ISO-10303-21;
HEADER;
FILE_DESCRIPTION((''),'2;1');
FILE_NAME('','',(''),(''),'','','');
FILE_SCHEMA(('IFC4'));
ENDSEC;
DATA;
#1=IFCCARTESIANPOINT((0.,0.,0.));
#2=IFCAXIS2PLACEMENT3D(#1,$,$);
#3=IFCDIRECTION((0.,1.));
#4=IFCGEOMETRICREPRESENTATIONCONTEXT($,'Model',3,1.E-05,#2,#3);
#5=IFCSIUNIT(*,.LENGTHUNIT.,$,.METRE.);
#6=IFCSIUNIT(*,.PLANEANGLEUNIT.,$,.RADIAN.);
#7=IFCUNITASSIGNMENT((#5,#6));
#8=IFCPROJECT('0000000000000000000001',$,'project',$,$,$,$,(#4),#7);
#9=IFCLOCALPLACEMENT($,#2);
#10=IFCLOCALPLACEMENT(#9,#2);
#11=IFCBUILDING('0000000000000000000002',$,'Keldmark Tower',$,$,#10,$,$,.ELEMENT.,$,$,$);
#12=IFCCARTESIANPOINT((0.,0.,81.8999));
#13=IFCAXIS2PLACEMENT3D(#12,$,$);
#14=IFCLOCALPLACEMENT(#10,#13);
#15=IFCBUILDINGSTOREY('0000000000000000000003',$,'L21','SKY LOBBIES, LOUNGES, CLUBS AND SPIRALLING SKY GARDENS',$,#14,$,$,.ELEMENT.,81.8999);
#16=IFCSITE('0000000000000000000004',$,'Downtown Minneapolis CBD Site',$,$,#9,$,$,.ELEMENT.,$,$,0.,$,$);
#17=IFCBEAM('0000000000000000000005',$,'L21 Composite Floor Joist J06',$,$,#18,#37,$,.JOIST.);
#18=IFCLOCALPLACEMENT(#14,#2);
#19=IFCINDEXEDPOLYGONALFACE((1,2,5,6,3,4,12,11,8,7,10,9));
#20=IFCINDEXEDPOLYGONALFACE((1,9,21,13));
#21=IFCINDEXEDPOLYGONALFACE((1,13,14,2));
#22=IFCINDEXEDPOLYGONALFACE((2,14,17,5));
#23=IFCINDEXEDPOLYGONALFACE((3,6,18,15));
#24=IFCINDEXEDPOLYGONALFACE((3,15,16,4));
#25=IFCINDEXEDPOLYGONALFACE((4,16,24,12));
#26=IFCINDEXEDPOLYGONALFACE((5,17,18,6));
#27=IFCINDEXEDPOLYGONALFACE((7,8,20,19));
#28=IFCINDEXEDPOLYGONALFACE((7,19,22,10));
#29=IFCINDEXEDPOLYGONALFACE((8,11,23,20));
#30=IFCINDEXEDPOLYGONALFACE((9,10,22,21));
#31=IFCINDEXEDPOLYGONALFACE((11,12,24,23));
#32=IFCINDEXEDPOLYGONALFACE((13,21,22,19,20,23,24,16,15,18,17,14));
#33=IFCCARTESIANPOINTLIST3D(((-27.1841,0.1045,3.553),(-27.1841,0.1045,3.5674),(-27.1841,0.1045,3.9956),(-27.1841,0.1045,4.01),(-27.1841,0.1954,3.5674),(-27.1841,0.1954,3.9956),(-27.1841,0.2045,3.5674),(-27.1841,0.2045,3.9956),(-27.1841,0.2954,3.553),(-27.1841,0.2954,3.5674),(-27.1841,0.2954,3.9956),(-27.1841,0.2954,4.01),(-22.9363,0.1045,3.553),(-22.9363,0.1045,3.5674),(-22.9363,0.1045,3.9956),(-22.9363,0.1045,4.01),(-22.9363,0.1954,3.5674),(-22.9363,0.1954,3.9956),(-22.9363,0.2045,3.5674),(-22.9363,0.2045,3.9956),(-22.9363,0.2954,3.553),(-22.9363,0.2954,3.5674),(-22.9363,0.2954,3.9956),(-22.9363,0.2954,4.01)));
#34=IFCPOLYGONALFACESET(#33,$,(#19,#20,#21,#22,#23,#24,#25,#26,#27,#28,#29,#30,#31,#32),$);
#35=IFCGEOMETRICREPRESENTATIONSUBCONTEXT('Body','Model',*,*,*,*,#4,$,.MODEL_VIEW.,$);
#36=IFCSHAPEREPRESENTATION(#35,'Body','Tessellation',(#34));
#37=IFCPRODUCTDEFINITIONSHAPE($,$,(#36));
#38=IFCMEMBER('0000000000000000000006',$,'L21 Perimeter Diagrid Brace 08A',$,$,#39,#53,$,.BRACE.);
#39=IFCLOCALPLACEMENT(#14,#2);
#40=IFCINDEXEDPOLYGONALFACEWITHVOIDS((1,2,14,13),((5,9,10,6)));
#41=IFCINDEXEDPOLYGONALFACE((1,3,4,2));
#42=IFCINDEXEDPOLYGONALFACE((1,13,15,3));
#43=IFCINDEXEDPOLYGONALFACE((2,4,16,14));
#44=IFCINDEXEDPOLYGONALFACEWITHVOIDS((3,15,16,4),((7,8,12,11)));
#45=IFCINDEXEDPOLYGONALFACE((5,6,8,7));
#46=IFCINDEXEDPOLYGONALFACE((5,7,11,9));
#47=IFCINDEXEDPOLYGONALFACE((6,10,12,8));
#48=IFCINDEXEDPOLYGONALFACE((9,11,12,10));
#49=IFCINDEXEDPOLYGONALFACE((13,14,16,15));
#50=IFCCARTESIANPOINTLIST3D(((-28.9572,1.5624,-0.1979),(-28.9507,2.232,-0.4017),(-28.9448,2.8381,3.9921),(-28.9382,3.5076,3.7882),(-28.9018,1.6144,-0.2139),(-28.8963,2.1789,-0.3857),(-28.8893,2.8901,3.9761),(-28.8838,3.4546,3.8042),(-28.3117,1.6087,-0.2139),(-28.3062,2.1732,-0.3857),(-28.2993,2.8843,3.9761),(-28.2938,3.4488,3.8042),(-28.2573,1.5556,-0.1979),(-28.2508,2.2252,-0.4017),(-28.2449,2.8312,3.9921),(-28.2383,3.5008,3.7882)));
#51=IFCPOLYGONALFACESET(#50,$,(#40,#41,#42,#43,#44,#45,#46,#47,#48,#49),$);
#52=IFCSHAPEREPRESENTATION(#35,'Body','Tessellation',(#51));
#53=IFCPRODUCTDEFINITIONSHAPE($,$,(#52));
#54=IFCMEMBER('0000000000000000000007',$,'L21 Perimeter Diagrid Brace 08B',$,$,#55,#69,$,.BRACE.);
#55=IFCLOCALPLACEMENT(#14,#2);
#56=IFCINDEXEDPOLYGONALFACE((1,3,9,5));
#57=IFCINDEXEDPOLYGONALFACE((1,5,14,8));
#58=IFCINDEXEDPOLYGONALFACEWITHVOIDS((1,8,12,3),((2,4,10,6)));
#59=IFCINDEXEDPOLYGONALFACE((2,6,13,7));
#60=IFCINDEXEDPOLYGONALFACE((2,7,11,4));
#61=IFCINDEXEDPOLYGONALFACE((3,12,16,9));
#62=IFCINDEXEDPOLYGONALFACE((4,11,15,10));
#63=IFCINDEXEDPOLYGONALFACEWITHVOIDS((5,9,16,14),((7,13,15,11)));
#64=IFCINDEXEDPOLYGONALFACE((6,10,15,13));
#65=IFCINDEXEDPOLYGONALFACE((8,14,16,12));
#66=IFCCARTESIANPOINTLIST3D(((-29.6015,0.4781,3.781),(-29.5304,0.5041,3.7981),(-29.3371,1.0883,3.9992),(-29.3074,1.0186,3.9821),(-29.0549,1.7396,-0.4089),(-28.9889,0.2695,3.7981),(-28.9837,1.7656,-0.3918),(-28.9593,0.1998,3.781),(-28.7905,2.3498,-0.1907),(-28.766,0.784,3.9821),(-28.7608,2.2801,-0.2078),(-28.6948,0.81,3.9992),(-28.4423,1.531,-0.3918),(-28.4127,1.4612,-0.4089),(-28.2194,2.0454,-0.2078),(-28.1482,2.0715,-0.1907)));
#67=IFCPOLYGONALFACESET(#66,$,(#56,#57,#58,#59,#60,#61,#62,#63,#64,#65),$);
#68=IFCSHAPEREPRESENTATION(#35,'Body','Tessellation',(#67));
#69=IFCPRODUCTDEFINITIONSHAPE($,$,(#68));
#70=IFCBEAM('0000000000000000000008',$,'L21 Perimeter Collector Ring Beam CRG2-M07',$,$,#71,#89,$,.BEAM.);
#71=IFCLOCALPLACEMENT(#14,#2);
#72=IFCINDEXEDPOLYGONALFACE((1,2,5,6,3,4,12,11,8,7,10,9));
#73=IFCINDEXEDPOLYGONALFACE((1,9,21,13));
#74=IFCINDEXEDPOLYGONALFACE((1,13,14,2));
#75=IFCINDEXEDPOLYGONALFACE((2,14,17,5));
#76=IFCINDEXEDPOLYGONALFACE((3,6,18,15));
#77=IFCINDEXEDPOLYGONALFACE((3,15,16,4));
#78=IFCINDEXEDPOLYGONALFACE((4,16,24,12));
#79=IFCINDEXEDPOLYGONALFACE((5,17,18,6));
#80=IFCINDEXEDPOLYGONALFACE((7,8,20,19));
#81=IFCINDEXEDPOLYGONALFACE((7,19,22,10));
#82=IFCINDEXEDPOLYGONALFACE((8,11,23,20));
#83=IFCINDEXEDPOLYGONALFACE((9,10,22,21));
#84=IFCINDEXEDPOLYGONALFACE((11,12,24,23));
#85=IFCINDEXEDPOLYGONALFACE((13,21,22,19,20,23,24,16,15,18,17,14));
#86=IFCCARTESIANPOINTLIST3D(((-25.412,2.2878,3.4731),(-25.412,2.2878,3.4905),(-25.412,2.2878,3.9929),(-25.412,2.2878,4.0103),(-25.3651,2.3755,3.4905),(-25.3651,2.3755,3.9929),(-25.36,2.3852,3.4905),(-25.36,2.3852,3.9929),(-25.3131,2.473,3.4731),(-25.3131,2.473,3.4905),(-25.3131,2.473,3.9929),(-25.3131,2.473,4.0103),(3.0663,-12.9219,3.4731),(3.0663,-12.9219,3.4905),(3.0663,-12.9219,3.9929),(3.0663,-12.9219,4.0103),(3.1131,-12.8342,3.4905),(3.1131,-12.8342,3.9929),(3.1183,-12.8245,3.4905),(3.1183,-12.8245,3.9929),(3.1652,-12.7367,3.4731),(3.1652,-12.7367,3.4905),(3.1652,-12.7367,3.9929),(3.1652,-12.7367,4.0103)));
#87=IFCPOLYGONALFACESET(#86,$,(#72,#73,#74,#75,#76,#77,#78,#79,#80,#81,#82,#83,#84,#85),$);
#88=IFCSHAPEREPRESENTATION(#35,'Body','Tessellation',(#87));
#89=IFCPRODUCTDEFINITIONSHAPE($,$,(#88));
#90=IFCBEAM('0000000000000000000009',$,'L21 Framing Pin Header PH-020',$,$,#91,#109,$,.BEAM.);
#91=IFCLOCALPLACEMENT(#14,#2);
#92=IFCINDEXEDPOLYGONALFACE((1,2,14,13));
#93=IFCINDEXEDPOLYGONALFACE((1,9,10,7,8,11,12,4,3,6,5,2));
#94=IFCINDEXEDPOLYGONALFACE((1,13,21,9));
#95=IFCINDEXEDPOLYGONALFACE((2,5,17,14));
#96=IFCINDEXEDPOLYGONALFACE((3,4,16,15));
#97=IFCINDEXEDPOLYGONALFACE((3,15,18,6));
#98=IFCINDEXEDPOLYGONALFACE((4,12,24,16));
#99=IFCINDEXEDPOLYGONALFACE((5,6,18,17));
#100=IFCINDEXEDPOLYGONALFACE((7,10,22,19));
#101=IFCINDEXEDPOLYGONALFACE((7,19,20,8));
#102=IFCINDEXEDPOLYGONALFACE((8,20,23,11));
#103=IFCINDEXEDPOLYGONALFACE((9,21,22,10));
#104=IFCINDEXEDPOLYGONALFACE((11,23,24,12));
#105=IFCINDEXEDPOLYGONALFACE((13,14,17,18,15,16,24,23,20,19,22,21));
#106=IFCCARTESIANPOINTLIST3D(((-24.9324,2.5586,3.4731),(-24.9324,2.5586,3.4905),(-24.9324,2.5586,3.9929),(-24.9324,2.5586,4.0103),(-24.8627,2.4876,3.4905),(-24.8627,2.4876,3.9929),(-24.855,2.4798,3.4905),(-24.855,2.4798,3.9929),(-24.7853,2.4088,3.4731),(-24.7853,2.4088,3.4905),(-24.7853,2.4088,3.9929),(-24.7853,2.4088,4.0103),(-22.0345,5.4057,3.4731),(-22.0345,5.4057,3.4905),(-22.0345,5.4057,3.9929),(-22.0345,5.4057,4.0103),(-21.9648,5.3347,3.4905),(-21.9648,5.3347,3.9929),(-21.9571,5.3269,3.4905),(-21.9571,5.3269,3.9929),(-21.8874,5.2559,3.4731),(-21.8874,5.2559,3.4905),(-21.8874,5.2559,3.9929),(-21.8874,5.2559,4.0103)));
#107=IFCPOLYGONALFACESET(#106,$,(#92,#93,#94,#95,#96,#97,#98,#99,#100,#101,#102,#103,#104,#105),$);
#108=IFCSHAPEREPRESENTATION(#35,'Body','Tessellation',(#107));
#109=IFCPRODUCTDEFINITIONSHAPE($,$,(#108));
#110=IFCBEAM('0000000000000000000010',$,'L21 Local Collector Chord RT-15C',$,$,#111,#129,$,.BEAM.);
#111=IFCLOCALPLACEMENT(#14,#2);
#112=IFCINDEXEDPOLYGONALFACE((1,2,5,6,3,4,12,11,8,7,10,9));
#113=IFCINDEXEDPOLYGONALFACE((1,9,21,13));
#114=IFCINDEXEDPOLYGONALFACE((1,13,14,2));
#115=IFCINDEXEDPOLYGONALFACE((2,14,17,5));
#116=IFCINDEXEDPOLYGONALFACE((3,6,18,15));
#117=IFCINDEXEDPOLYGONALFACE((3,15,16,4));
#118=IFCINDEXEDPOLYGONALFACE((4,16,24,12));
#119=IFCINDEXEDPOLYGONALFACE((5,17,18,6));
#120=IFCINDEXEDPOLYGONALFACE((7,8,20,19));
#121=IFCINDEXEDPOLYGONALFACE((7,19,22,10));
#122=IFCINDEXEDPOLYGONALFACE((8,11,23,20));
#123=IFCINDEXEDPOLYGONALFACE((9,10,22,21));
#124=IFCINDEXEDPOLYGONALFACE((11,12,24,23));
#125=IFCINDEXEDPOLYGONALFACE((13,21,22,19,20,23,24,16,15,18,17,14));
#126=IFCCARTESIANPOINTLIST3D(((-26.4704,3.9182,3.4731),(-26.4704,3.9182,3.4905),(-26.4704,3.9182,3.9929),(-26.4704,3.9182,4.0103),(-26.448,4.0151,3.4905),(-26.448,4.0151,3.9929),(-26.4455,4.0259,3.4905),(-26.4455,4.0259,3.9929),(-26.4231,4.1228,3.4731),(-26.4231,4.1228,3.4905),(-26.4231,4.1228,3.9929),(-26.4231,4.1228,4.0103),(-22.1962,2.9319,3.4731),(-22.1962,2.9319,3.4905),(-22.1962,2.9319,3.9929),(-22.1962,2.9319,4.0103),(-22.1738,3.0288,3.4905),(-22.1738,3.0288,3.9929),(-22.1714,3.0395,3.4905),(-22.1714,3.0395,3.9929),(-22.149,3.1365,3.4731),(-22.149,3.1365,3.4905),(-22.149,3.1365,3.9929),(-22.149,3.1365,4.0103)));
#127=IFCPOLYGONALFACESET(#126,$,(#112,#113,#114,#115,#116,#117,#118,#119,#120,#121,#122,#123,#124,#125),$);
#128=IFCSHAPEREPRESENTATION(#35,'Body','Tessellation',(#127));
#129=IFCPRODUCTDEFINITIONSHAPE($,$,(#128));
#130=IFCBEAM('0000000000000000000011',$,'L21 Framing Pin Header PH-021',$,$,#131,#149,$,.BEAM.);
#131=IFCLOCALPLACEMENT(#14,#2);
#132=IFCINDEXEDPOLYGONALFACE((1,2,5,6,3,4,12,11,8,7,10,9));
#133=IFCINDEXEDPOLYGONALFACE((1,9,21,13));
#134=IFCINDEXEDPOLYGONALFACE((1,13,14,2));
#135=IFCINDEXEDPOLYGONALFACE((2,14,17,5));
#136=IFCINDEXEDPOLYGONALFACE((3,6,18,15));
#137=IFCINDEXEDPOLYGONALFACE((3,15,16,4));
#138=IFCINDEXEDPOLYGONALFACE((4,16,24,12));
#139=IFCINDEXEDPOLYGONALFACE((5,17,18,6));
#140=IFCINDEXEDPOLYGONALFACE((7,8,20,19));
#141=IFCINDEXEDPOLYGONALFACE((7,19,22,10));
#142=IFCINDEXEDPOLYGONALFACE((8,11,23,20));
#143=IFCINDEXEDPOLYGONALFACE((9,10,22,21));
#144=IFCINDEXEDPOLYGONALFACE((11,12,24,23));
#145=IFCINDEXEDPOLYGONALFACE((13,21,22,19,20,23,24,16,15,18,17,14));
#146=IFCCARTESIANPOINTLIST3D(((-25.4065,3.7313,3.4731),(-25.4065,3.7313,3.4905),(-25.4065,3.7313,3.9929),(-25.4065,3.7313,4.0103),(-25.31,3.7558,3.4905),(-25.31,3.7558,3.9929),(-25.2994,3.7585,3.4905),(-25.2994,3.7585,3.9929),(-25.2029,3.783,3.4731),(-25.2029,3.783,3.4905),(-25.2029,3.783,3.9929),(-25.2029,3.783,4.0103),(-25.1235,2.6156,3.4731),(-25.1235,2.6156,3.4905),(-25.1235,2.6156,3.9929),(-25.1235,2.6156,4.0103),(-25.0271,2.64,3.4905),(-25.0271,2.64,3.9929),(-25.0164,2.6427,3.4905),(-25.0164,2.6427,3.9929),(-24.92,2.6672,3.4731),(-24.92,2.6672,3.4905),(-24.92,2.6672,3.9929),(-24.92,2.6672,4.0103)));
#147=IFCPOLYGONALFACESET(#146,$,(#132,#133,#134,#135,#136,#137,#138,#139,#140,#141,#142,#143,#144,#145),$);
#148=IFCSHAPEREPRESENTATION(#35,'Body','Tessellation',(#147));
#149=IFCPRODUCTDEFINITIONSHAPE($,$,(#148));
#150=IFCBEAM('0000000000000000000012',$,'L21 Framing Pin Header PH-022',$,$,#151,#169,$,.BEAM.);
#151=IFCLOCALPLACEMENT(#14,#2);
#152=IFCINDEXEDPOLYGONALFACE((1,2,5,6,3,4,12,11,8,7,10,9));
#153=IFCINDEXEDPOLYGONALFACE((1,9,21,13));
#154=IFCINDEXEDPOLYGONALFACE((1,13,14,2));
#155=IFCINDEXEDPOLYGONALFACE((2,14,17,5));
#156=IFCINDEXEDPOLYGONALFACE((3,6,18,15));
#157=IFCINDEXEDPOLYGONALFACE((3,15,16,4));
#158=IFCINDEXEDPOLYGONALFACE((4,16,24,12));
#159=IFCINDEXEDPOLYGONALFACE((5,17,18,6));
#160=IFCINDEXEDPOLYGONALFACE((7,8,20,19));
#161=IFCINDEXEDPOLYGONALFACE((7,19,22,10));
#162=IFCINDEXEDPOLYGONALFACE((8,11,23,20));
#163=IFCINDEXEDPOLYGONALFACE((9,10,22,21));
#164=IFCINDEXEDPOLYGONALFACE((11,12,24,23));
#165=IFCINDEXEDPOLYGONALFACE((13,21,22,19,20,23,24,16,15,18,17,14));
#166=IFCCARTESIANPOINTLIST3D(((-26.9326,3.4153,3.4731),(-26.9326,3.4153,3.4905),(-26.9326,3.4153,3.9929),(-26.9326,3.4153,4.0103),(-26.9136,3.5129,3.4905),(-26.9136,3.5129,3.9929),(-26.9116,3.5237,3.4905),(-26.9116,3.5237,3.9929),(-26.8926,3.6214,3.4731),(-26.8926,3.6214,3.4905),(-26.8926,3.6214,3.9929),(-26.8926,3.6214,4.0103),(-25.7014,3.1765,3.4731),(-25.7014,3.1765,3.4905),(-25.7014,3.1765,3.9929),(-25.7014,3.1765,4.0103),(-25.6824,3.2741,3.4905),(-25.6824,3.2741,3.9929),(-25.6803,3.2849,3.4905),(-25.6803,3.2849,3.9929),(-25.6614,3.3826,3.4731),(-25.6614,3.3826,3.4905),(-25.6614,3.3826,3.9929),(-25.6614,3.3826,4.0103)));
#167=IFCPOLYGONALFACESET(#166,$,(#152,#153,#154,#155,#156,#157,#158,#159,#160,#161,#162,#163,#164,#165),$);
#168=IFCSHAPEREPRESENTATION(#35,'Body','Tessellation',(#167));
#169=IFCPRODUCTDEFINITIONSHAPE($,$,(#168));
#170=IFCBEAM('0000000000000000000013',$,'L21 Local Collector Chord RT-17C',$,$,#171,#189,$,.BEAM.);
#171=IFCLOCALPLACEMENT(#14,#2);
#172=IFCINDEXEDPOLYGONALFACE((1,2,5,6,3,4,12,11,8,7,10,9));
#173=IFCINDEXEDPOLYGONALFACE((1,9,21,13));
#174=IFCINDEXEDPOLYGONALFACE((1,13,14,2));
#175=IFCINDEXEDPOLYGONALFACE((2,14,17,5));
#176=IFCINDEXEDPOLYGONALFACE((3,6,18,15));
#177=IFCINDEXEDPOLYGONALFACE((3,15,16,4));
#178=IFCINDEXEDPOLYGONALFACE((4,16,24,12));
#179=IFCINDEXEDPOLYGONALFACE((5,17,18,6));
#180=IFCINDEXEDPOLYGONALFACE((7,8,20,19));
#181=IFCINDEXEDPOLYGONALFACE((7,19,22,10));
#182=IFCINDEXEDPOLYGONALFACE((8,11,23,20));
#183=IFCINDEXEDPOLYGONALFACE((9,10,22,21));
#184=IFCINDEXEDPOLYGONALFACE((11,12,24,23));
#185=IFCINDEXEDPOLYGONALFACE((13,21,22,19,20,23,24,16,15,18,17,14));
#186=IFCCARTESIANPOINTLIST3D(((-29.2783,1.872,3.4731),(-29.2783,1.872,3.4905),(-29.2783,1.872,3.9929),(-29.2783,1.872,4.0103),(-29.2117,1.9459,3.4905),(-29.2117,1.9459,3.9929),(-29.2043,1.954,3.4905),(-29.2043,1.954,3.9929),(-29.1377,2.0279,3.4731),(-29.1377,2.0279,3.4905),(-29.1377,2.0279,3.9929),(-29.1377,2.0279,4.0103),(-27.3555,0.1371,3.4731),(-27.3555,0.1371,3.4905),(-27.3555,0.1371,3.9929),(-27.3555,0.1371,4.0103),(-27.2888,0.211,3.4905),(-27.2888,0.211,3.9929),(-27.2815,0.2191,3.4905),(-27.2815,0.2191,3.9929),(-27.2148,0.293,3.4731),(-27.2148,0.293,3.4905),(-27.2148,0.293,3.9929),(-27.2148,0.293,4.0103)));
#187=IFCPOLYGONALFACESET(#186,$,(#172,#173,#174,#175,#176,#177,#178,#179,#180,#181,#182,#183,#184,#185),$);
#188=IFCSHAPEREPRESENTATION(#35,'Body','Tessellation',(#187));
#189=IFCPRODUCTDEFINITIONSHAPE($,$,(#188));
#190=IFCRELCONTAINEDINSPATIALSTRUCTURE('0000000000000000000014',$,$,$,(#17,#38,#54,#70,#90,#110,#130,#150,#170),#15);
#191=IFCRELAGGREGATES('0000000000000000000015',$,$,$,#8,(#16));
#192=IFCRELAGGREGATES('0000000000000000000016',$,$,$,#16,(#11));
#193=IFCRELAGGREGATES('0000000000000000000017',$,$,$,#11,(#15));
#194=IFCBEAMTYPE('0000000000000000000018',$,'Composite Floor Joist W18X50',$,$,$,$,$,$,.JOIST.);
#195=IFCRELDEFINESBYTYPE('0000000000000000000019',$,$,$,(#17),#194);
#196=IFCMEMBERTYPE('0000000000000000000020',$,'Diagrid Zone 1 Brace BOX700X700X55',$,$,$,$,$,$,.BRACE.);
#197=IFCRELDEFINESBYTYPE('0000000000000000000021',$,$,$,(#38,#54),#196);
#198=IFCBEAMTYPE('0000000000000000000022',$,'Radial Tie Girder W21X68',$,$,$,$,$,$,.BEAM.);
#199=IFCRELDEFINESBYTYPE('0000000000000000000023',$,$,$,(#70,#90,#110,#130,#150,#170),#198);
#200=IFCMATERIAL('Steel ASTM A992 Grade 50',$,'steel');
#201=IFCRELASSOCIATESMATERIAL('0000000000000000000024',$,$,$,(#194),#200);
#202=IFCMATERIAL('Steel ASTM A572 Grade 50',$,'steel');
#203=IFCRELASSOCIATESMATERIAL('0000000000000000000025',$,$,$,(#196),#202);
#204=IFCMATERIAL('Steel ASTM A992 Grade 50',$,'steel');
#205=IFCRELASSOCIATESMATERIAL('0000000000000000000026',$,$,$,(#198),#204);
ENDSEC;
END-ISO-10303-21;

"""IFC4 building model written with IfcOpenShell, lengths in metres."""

from ifc_helpers import new_model, si_unit, direction, frame, origin, origin_2d, place, context, subcontext, project, spatial, hollow_rectangle, i_section, extrude, material, material_profile, profile_set, type_object, element, save


model = new_model("IFC4")

# Units and contexts
model_context = context("Model", 3, precision=1e-05, world=origin(), true_north=direction((0.0, 1.0)))
body_context = subcontext(model_context, "Body", "Model", "MODEL_VIEW")
ifc_project = project(units=[si_unit("LENGTHUNIT", "METRE"), si_unit("PLANEANGLEUNIT", "RADIAN")], contexts=[model_context])

# Site, building, storey
site_placement = place(None, origin())
site = spatial("IfcSite", under=ifc_project, at=site_placement, Name="Downtown Minneapolis CBD Site", CompositionType="ELEMENT", RefElevation=0.0)
building_placement = place(site_placement, origin())
building = spatial("IfcBuilding", under=site, at=building_placement, Name="Keldmark Tower", CompositionType="ELEMENT")
storey_placement = place(building_placement, frame((0.0, 0.0, 81.8999)))
storey = spatial("IfcBuildingStorey", under=building, at=storey_placement, Name="L21", Description="SKY LOBBIES, LOUNGES, CLUBS AND SPIRALLING SKY GARDENS", CompositionType="ELEMENT", Elevation=81.8999)

# Beam
ifc_material_1 = material(Name="Steel ASTM A992 Grade 50", Category="steel")
ifc_material_profile_1 = material_profile(ifc_material_1, i_section(OverallWidth=0.1909, OverallDepth=0.457, WebThickness=0.009, FlangeThickness=0.0144, at=origin_2d()), Name="W18X50")
ifc_profile_set_1 = profile_set([ifc_material_profile_1], Name="Steel ASTM A992 Grade 50")
beam_type_1 = type_object("IfcBeamType", Name="Composite Floor Joist W18X50", PredefinedType="JOIST", material=ifc_profile_set_1)
beam_1_placement = place(storey_placement, frame((-27.1841, 0.2, 3.7815), z_axis=(1.0, 0.0, 0.0), x_axis=(0.0, 1.0, 0.0)))
element("IfcBeam", 1, at=beam_1_placement, inside=storey, type_object=beam_type_1, Name="L21 Composite Floor Joist J06", PredefinedType="JOIST", context=body_context, shape_type="SweptSolid", body=[
    extrude(i_section(OverallWidth=0.1909, OverallDepth=0.457, WebThickness=0.009, FlangeThickness=0.0144, at=origin_2d()), origin(), (0.0, 0.0, 1.0), 4.2478),
])

# Members
ifc_material_2 = material(Name="Steel ASTM A572 Grade 50", Category="steel")
ifc_material_profile_2 = material_profile(ifc_material_2, hollow_rectangle(XDim=0.7, YDim=0.7, WallThickness=0.0549, at=origin_2d()), Name="BOX700X700X55")
ifc_profile_set_2 = profile_set([ifc_material_profile_2], Name="Steel ASTM A572 Grade 50")
member_type = type_object("IfcMemberType", Name="Diagrid Zone 1 Brace BOX700X700X55", PredefinedType="BRACE", material=ifc_profile_set_2)
member_1_placement = place(storey_placement, frame((-28.604, 1.8938, -0.2998), z_axis=(0.002843, 0.291251, 0.956642), x_axis=(-0.999952, 0.00976, 0.0)))
element("IfcMember", 2, at=member_1_placement, inside=storey, type_object=member_type, Name="L21 Perimeter Diagrid Brace 08A", PredefinedType="BRACE", context=body_context, shape_type="SweptSolid", body=[
    extrude(hollow_rectangle(XDim=0.7, YDim=0.7, WallThickness=0.0549, at=origin_2d()), origin(), (0.0, 0.0, 1.0), 4.3799),
])
member_2_placement = place(storey_placement, frame((-28.6016, 1.9055, -0.2998), z_axis=(-0.12396, -0.286066, 0.950158), x_axis=(0.917558, -0.397602, 0.0)))
element("IfcMember", 3, at=member_2_placement, inside=storey, type_object=member_type, Name="L21 Perimeter Diagrid Brace 08B", PredefinedType="BRACE", context=body_context, shape_type="SweptSolid", body=[
    extrude(hollow_rectangle(XDim=0.7, YDim=0.7, WallThickness=0.0549, at=origin_2d()), origin(), (0.0, 0.0, 1.0), 4.4097),
])

# Beams
ifc_material_3 = material(Name="Steel ASTM A992 Grade 50", Category="steel")
ifc_material_profile_3 = material_profile(ifc_material_3, i_section(OverallWidth=0.21, OverallDepth=0.5371, WebThickness=0.011, FlangeThickness=0.0173, at=origin_2d()), Name="W21X68")
ifc_profile_set_3 = profile_set([ifc_material_profile_3], Name="Steel ASTM A992 Grade 50")
beam_type_2 = type_object("IfcBeamType", Name="Radial Tie Girder W21X68", PredefinedType="BEAM", material=ifc_profile_set_3)
beam_2_placement = place(storey_placement, frame((-25.3625, 2.3804, 3.7417), z_axis=(0.882079, -0.471102, 0.0), x_axis=(0.471102, 0.882079, 0.0)))
element("IfcBeam", 4, at=beam_2_placement, inside=storey, type_object=beam_type_2, Name="L21 Perimeter Collector Ring Beam CRG2-M07", PredefinedType="BEAM", context=body_context, shape_type="SweptSolid", body=[
    extrude(i_section(OverallWidth=0.21, OverallDepth=0.5371, WebThickness=0.011, FlangeThickness=0.0173, at=origin_2d()), origin(), (0.0, 0.0, 1.0), 32.2854),
])
beam_3_placement = place(storey_placement, frame((-21.9609, 5.3308, 3.7417), z_axis=(-0.713329, -0.700829, 0.0), x_axis=(0.700829, -0.713329, 0.0)))
element("IfcBeam", 5, at=beam_3_placement, inside=storey, type_object=beam_type_2, Name="L21 Framing Pin Header PH-020", PredefinedType="BEAM", context=body_context, shape_type="SweptSolid", body=[
    extrude(i_section(OverallWidth=0.21, OverallDepth=0.5371, WebThickness=0.011, FlangeThickness=0.0173, at=origin_2d()), origin(), (0.0, 0.0, 1.0), 4.0625),
])
beam_4_placement = place(storey_placement, frame((-22.1726, 3.0342, 3.7417), z_axis=(-0.974392, 0.224855, 0.0), x_axis=(-0.224855, -0.974392, 0.0)))
element("IfcBeam", 6, at=beam_4_placement, inside=storey, type_object=beam_type_2, Name="L21 Local Collector Chord RT-15C", PredefinedType="BEAM", context=body_context, shape_type="SweptSolid", body=[
    extrude(i_section(OverallWidth=0.21, OverallDepth=0.5371, WebThickness=0.011, FlangeThickness=0.0173, at=origin_2d()), origin(), (0.0, 0.0, 1.0), 4.3865),
])
beam_5_placement = place(storey_placement, frame((-25.0217, 2.6414, 3.7417), z_axis=(-0.245828, 0.969313, 0.0), x_axis=(-0.969313, -0.245828, 0.0)))
element("IfcBeam", 7, at=beam_5_placement, inside=storey, type_object=beam_type_2, Name="L21 Framing Pin Header PH-021", PredefinedType="BEAM", context=body_context, shape_type="SweptSolid", body=[
    extrude(i_section(OverallWidth=0.21, OverallDepth=0.5371, WebThickness=0.011, FlangeThickness=0.0173, at=origin_2d()), origin(), (0.0, 0.0, 1.0), 1.1511),
])
beam_6_placement = place(storey_placement, frame((-26.9126, 3.5183, 3.7417), z_axis=(0.981709, -0.190385, 0.0), x_axis=(0.190385, 0.981709, 0.0)))
element("IfcBeam", 8, at=beam_6_placement, inside=storey, type_object=beam_type_2, Name="L21 Framing Pin Header PH-022", PredefinedType="BEAM", context=body_context, shape_type="SweptSolid", body=[
    extrude(i_section(OverallWidth=0.21, OverallDepth=0.5371, WebThickness=0.011, FlangeThickness=0.0173, at=origin_2d()), origin(), (0.0, 0.0, 1.0), 1.2542),
])
beam_7_placement = place(storey_placement, frame((-29.208, 1.95, 3.7417), z_axis=(0.742469, -0.669881, 0.0), x_axis=(0.669881, 0.742469, 0.0)))
element("IfcBeam", 9, at=beam_7_placement, inside=storey, type_object=beam_type_2, Name="L21 Local Collector Chord RT-17C", PredefinedType="BEAM", context=body_context, shape_type="SweptSolid", body=[
    extrude(i_section(OverallWidth=0.21, OverallDepth=0.5371, WebThickness=0.011, FlangeThickness=0.0173, at=origin_2d()), origin(), (0.0, 0.0, 1.0), 2.5898),
])

save(model, "model.ifc")
